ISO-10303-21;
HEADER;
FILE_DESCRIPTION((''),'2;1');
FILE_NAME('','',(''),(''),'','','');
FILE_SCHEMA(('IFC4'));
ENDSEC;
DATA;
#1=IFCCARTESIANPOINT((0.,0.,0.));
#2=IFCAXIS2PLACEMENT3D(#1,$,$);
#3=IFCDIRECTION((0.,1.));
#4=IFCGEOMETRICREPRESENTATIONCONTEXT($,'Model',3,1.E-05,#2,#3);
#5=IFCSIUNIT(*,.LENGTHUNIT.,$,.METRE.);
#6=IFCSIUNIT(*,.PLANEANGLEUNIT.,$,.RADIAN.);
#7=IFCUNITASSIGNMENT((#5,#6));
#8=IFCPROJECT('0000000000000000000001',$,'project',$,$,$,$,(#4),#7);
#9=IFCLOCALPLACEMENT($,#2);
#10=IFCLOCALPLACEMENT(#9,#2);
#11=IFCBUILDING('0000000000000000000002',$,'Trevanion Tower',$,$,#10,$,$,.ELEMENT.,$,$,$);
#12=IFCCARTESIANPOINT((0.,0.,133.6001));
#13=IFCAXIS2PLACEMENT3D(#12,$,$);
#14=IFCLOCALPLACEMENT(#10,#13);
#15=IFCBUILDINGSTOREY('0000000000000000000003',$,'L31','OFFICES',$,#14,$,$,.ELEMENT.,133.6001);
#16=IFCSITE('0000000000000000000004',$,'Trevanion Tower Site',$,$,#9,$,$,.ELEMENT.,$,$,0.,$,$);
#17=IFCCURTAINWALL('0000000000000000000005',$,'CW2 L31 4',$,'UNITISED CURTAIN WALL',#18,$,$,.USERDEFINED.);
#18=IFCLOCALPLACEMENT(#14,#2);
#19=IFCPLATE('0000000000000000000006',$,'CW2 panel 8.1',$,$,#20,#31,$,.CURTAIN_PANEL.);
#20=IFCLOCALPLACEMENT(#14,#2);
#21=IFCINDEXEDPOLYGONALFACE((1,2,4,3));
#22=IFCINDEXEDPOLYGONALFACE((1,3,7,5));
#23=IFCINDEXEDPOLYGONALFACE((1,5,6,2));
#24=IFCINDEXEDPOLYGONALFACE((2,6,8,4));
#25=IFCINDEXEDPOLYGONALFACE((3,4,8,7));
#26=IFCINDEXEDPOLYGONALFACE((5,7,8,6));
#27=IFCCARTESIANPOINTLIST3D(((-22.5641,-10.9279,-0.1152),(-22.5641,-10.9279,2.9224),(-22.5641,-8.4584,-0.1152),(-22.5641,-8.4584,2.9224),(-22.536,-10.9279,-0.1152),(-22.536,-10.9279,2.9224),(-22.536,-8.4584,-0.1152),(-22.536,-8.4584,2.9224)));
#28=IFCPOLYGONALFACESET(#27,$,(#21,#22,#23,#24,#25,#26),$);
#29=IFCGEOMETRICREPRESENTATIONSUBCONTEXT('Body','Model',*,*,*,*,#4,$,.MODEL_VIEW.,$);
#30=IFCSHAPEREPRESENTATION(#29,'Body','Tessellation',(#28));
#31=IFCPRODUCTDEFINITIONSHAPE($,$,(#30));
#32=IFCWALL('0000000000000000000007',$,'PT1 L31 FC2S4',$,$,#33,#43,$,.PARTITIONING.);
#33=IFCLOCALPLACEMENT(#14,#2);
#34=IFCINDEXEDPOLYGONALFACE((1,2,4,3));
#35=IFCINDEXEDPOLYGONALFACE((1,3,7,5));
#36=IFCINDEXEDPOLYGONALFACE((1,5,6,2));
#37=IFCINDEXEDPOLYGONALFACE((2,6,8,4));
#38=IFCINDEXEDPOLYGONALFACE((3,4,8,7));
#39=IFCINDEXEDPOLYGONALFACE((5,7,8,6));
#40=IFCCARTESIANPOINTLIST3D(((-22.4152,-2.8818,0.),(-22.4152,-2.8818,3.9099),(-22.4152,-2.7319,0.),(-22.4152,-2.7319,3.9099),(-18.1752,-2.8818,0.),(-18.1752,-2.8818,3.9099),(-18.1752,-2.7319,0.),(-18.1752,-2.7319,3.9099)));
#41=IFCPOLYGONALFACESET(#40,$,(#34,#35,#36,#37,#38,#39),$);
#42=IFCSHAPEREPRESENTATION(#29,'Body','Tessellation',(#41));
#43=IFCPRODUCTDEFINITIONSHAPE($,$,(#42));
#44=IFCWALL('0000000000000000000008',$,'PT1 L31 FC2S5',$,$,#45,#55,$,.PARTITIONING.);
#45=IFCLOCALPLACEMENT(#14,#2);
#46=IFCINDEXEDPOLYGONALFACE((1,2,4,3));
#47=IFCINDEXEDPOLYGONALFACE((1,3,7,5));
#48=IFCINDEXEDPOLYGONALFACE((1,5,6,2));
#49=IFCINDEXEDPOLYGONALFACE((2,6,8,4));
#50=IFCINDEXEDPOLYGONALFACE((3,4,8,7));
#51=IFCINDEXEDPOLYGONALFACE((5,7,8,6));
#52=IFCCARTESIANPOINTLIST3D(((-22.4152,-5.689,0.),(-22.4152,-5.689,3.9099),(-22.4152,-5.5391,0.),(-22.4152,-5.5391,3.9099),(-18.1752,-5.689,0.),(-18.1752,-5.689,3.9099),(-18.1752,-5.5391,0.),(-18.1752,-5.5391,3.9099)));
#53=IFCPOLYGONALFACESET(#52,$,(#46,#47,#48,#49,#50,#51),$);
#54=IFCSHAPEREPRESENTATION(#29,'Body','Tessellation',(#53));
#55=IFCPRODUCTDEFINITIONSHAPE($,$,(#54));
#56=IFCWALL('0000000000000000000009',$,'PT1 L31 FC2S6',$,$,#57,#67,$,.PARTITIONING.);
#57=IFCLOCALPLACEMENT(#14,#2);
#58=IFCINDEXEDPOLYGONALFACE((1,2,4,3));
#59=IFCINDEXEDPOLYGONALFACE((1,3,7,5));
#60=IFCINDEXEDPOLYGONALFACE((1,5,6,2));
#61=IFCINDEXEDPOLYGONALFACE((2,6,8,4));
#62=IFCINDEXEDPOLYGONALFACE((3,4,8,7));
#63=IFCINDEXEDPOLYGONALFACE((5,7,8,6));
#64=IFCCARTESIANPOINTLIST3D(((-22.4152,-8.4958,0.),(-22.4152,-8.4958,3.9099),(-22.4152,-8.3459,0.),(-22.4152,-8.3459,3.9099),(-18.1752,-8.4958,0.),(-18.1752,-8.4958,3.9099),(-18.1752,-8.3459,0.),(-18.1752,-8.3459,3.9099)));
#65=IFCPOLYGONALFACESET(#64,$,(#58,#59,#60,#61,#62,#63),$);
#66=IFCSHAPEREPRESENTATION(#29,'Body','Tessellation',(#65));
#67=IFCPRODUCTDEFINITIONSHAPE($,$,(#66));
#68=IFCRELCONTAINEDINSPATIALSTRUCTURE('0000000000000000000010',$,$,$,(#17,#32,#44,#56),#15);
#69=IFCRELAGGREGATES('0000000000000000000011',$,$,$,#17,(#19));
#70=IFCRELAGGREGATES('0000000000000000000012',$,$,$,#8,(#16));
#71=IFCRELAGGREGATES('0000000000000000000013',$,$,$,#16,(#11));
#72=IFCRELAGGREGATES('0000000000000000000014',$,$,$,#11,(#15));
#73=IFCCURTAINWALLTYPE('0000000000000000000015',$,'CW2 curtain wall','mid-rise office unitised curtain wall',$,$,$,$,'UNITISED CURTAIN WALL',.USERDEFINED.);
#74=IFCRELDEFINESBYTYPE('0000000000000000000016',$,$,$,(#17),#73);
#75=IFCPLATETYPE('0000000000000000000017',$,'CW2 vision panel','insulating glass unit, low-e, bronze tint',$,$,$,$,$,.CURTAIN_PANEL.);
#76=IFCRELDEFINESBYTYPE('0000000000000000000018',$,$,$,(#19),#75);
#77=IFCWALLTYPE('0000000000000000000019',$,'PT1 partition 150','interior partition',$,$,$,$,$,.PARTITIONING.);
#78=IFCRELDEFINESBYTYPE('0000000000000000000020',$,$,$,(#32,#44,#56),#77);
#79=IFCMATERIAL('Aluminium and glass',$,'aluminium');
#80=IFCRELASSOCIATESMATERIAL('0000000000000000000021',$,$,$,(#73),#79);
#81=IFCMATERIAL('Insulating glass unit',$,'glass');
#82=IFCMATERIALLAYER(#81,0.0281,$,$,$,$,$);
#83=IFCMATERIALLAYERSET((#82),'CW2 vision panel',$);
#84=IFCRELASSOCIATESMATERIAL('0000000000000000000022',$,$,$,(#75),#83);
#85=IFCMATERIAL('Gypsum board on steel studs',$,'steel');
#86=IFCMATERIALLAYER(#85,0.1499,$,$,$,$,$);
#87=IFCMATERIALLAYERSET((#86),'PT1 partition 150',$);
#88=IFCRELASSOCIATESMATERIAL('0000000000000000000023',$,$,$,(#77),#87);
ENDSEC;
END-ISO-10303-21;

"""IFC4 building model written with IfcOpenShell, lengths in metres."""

from ifc_helpers import new_model, si_unit, direction, frame, frame_2d, origin, origin_2d, place, context, subcontext, project, spatial, rectangle, extrude, material, layer, layer_set, type_object, element, aggregate, save


model = new_model("IFC4")

# Units and contexts
model_context = context("Model", 3, precision=1e-05, world=origin(), true_north=direction((0.0, 1.0)))
body_context = subcontext(model_context, "Body", "Model", "MODEL_VIEW")
ifc_project = project(units=[si_unit("LENGTHUNIT", "METRE"), si_unit("PLANEANGLEUNIT", "RADIAN")], contexts=[model_context])

# Site, building, storey
site_placement = place(None, origin())
site = spatial("IfcSite", under=ifc_project, at=site_placement, Name="Trevanion Tower Site", CompositionType="ELEMENT", RefElevation=0.0)
building_placement = place(site_placement, origin())
building = spatial("IfcBuilding", under=site, at=building_placement, Name="Trevanion Tower", CompositionType="ELEMENT")
storey_placement = place(building_placement, frame((0.0, 0.0, 133.6001)))
storey = spatial("IfcBuildingStorey", under=building, at=storey_placement, Name="L31", Description="OFFICES", CompositionType="ELEMENT", Elevation=133.6001)

# Curtain wall
ifc_material_1 = material(Name="Aluminium and glass", Category="aluminium")
curtain_wall_type = type_object("IfcCurtainWallType", Name="CW2 curtain wall", Description="mid-rise office unitised curtain wall", ElementType="UNITISED CURTAIN WALL", PredefinedType="USERDEFINED", material=ifc_material_1)
curtain_wall_1_placement = place(storey_placement, origin())
curtain_wall_1 = element("IfcCurtainWall", 1, at=curtain_wall_1_placement, inside=storey, type_object=curtain_wall_type, Name="CW2 L31 4", ObjectType="UNITISED CURTAIN WALL", PredefinedType="USERDEFINED")

# Plate
ifc_material_2 = material(Name="Insulating glass unit", Category="glass")
ifc_layer_1 = layer(ifc_material_2, 0.0281)
ifc_layer_set_1 = layer_set([ifc_layer_1], Name="CW2 vision panel")
plate_type_1 = type_object("IfcPlateType", Name="CW2 vision panel", Description="insulating glass unit, low-e, bronze tint", PredefinedType="CURTAIN_PANEL", material=ifc_layer_set_1)
plate_1_placement = place(storey_placement, frame((-22.55, -9.6931, -0.1152), z_axis=(0.0, 0.0, 1.0), x_axis=(0.0, -1.0, 0.0)))
plate_1 = element("IfcPlate", 2, at=plate_1_placement, type_object=plate_type_1, Name="CW2 panel 8.1", PredefinedType="CURTAIN_PANEL", context=body_context, shape_type="SweptSolid", body=[
    extrude(rectangle(XDim=2.4695, YDim=0.0281, at=origin_2d()), origin(), (0.0, 0.0, 1.0), 3.0376),
])
aggregate(curtain_wall_1, [plate_1])

# Walls
ifc_material_3 = material(Name="Gypsum board on steel studs", Category="steel")
ifc_layer_2 = layer(ifc_material_3, 0.1499)
ifc_layer_set_2 = layer_set([ifc_layer_2], Name="PT1 partition 150")
wall_type = type_object("IfcWallType", Name="PT1 partition 150", Description="interior partition", PredefinedType="PARTITIONING", material=ifc_layer_set_2)
for number, where, z_axis, x_axis, name in (
    (3, (-18.175, -2.8069, 0.0), (0.0, 0.0, 1.0), (-1.0, 0.0, 0.0), "PT1 L31 FC2S4"),
    (4, (-18.175, -5.614, 0.0), (0.0, 0.0, 1.0), (-1.0, 0.0, 0.0), "PT1 L31 FC2S5"),
    (5, (-18.175, -8.4209, 0.0), (0.0, 0.0, 1.0), (-1.0, 0.0, 0.0), "PT1 L31 FC2S6"),
):
    element("IfcWall", number, at=place(storey_placement, frame(where, z_axis=z_axis, x_axis=x_axis)), inside=storey, type_object=wall_type, Name=name, PredefinedType="PARTITIONING", context=body_context, shape_type="SweptSolid", body=[
        extrude(rectangle(XDim=4.24, YDim=0.1499, at=frame_2d((2.1201, 0.0))), origin(), (0.0, 0.0, 1.0), 3.9099),
    ])

save(model, "model.ifc")
